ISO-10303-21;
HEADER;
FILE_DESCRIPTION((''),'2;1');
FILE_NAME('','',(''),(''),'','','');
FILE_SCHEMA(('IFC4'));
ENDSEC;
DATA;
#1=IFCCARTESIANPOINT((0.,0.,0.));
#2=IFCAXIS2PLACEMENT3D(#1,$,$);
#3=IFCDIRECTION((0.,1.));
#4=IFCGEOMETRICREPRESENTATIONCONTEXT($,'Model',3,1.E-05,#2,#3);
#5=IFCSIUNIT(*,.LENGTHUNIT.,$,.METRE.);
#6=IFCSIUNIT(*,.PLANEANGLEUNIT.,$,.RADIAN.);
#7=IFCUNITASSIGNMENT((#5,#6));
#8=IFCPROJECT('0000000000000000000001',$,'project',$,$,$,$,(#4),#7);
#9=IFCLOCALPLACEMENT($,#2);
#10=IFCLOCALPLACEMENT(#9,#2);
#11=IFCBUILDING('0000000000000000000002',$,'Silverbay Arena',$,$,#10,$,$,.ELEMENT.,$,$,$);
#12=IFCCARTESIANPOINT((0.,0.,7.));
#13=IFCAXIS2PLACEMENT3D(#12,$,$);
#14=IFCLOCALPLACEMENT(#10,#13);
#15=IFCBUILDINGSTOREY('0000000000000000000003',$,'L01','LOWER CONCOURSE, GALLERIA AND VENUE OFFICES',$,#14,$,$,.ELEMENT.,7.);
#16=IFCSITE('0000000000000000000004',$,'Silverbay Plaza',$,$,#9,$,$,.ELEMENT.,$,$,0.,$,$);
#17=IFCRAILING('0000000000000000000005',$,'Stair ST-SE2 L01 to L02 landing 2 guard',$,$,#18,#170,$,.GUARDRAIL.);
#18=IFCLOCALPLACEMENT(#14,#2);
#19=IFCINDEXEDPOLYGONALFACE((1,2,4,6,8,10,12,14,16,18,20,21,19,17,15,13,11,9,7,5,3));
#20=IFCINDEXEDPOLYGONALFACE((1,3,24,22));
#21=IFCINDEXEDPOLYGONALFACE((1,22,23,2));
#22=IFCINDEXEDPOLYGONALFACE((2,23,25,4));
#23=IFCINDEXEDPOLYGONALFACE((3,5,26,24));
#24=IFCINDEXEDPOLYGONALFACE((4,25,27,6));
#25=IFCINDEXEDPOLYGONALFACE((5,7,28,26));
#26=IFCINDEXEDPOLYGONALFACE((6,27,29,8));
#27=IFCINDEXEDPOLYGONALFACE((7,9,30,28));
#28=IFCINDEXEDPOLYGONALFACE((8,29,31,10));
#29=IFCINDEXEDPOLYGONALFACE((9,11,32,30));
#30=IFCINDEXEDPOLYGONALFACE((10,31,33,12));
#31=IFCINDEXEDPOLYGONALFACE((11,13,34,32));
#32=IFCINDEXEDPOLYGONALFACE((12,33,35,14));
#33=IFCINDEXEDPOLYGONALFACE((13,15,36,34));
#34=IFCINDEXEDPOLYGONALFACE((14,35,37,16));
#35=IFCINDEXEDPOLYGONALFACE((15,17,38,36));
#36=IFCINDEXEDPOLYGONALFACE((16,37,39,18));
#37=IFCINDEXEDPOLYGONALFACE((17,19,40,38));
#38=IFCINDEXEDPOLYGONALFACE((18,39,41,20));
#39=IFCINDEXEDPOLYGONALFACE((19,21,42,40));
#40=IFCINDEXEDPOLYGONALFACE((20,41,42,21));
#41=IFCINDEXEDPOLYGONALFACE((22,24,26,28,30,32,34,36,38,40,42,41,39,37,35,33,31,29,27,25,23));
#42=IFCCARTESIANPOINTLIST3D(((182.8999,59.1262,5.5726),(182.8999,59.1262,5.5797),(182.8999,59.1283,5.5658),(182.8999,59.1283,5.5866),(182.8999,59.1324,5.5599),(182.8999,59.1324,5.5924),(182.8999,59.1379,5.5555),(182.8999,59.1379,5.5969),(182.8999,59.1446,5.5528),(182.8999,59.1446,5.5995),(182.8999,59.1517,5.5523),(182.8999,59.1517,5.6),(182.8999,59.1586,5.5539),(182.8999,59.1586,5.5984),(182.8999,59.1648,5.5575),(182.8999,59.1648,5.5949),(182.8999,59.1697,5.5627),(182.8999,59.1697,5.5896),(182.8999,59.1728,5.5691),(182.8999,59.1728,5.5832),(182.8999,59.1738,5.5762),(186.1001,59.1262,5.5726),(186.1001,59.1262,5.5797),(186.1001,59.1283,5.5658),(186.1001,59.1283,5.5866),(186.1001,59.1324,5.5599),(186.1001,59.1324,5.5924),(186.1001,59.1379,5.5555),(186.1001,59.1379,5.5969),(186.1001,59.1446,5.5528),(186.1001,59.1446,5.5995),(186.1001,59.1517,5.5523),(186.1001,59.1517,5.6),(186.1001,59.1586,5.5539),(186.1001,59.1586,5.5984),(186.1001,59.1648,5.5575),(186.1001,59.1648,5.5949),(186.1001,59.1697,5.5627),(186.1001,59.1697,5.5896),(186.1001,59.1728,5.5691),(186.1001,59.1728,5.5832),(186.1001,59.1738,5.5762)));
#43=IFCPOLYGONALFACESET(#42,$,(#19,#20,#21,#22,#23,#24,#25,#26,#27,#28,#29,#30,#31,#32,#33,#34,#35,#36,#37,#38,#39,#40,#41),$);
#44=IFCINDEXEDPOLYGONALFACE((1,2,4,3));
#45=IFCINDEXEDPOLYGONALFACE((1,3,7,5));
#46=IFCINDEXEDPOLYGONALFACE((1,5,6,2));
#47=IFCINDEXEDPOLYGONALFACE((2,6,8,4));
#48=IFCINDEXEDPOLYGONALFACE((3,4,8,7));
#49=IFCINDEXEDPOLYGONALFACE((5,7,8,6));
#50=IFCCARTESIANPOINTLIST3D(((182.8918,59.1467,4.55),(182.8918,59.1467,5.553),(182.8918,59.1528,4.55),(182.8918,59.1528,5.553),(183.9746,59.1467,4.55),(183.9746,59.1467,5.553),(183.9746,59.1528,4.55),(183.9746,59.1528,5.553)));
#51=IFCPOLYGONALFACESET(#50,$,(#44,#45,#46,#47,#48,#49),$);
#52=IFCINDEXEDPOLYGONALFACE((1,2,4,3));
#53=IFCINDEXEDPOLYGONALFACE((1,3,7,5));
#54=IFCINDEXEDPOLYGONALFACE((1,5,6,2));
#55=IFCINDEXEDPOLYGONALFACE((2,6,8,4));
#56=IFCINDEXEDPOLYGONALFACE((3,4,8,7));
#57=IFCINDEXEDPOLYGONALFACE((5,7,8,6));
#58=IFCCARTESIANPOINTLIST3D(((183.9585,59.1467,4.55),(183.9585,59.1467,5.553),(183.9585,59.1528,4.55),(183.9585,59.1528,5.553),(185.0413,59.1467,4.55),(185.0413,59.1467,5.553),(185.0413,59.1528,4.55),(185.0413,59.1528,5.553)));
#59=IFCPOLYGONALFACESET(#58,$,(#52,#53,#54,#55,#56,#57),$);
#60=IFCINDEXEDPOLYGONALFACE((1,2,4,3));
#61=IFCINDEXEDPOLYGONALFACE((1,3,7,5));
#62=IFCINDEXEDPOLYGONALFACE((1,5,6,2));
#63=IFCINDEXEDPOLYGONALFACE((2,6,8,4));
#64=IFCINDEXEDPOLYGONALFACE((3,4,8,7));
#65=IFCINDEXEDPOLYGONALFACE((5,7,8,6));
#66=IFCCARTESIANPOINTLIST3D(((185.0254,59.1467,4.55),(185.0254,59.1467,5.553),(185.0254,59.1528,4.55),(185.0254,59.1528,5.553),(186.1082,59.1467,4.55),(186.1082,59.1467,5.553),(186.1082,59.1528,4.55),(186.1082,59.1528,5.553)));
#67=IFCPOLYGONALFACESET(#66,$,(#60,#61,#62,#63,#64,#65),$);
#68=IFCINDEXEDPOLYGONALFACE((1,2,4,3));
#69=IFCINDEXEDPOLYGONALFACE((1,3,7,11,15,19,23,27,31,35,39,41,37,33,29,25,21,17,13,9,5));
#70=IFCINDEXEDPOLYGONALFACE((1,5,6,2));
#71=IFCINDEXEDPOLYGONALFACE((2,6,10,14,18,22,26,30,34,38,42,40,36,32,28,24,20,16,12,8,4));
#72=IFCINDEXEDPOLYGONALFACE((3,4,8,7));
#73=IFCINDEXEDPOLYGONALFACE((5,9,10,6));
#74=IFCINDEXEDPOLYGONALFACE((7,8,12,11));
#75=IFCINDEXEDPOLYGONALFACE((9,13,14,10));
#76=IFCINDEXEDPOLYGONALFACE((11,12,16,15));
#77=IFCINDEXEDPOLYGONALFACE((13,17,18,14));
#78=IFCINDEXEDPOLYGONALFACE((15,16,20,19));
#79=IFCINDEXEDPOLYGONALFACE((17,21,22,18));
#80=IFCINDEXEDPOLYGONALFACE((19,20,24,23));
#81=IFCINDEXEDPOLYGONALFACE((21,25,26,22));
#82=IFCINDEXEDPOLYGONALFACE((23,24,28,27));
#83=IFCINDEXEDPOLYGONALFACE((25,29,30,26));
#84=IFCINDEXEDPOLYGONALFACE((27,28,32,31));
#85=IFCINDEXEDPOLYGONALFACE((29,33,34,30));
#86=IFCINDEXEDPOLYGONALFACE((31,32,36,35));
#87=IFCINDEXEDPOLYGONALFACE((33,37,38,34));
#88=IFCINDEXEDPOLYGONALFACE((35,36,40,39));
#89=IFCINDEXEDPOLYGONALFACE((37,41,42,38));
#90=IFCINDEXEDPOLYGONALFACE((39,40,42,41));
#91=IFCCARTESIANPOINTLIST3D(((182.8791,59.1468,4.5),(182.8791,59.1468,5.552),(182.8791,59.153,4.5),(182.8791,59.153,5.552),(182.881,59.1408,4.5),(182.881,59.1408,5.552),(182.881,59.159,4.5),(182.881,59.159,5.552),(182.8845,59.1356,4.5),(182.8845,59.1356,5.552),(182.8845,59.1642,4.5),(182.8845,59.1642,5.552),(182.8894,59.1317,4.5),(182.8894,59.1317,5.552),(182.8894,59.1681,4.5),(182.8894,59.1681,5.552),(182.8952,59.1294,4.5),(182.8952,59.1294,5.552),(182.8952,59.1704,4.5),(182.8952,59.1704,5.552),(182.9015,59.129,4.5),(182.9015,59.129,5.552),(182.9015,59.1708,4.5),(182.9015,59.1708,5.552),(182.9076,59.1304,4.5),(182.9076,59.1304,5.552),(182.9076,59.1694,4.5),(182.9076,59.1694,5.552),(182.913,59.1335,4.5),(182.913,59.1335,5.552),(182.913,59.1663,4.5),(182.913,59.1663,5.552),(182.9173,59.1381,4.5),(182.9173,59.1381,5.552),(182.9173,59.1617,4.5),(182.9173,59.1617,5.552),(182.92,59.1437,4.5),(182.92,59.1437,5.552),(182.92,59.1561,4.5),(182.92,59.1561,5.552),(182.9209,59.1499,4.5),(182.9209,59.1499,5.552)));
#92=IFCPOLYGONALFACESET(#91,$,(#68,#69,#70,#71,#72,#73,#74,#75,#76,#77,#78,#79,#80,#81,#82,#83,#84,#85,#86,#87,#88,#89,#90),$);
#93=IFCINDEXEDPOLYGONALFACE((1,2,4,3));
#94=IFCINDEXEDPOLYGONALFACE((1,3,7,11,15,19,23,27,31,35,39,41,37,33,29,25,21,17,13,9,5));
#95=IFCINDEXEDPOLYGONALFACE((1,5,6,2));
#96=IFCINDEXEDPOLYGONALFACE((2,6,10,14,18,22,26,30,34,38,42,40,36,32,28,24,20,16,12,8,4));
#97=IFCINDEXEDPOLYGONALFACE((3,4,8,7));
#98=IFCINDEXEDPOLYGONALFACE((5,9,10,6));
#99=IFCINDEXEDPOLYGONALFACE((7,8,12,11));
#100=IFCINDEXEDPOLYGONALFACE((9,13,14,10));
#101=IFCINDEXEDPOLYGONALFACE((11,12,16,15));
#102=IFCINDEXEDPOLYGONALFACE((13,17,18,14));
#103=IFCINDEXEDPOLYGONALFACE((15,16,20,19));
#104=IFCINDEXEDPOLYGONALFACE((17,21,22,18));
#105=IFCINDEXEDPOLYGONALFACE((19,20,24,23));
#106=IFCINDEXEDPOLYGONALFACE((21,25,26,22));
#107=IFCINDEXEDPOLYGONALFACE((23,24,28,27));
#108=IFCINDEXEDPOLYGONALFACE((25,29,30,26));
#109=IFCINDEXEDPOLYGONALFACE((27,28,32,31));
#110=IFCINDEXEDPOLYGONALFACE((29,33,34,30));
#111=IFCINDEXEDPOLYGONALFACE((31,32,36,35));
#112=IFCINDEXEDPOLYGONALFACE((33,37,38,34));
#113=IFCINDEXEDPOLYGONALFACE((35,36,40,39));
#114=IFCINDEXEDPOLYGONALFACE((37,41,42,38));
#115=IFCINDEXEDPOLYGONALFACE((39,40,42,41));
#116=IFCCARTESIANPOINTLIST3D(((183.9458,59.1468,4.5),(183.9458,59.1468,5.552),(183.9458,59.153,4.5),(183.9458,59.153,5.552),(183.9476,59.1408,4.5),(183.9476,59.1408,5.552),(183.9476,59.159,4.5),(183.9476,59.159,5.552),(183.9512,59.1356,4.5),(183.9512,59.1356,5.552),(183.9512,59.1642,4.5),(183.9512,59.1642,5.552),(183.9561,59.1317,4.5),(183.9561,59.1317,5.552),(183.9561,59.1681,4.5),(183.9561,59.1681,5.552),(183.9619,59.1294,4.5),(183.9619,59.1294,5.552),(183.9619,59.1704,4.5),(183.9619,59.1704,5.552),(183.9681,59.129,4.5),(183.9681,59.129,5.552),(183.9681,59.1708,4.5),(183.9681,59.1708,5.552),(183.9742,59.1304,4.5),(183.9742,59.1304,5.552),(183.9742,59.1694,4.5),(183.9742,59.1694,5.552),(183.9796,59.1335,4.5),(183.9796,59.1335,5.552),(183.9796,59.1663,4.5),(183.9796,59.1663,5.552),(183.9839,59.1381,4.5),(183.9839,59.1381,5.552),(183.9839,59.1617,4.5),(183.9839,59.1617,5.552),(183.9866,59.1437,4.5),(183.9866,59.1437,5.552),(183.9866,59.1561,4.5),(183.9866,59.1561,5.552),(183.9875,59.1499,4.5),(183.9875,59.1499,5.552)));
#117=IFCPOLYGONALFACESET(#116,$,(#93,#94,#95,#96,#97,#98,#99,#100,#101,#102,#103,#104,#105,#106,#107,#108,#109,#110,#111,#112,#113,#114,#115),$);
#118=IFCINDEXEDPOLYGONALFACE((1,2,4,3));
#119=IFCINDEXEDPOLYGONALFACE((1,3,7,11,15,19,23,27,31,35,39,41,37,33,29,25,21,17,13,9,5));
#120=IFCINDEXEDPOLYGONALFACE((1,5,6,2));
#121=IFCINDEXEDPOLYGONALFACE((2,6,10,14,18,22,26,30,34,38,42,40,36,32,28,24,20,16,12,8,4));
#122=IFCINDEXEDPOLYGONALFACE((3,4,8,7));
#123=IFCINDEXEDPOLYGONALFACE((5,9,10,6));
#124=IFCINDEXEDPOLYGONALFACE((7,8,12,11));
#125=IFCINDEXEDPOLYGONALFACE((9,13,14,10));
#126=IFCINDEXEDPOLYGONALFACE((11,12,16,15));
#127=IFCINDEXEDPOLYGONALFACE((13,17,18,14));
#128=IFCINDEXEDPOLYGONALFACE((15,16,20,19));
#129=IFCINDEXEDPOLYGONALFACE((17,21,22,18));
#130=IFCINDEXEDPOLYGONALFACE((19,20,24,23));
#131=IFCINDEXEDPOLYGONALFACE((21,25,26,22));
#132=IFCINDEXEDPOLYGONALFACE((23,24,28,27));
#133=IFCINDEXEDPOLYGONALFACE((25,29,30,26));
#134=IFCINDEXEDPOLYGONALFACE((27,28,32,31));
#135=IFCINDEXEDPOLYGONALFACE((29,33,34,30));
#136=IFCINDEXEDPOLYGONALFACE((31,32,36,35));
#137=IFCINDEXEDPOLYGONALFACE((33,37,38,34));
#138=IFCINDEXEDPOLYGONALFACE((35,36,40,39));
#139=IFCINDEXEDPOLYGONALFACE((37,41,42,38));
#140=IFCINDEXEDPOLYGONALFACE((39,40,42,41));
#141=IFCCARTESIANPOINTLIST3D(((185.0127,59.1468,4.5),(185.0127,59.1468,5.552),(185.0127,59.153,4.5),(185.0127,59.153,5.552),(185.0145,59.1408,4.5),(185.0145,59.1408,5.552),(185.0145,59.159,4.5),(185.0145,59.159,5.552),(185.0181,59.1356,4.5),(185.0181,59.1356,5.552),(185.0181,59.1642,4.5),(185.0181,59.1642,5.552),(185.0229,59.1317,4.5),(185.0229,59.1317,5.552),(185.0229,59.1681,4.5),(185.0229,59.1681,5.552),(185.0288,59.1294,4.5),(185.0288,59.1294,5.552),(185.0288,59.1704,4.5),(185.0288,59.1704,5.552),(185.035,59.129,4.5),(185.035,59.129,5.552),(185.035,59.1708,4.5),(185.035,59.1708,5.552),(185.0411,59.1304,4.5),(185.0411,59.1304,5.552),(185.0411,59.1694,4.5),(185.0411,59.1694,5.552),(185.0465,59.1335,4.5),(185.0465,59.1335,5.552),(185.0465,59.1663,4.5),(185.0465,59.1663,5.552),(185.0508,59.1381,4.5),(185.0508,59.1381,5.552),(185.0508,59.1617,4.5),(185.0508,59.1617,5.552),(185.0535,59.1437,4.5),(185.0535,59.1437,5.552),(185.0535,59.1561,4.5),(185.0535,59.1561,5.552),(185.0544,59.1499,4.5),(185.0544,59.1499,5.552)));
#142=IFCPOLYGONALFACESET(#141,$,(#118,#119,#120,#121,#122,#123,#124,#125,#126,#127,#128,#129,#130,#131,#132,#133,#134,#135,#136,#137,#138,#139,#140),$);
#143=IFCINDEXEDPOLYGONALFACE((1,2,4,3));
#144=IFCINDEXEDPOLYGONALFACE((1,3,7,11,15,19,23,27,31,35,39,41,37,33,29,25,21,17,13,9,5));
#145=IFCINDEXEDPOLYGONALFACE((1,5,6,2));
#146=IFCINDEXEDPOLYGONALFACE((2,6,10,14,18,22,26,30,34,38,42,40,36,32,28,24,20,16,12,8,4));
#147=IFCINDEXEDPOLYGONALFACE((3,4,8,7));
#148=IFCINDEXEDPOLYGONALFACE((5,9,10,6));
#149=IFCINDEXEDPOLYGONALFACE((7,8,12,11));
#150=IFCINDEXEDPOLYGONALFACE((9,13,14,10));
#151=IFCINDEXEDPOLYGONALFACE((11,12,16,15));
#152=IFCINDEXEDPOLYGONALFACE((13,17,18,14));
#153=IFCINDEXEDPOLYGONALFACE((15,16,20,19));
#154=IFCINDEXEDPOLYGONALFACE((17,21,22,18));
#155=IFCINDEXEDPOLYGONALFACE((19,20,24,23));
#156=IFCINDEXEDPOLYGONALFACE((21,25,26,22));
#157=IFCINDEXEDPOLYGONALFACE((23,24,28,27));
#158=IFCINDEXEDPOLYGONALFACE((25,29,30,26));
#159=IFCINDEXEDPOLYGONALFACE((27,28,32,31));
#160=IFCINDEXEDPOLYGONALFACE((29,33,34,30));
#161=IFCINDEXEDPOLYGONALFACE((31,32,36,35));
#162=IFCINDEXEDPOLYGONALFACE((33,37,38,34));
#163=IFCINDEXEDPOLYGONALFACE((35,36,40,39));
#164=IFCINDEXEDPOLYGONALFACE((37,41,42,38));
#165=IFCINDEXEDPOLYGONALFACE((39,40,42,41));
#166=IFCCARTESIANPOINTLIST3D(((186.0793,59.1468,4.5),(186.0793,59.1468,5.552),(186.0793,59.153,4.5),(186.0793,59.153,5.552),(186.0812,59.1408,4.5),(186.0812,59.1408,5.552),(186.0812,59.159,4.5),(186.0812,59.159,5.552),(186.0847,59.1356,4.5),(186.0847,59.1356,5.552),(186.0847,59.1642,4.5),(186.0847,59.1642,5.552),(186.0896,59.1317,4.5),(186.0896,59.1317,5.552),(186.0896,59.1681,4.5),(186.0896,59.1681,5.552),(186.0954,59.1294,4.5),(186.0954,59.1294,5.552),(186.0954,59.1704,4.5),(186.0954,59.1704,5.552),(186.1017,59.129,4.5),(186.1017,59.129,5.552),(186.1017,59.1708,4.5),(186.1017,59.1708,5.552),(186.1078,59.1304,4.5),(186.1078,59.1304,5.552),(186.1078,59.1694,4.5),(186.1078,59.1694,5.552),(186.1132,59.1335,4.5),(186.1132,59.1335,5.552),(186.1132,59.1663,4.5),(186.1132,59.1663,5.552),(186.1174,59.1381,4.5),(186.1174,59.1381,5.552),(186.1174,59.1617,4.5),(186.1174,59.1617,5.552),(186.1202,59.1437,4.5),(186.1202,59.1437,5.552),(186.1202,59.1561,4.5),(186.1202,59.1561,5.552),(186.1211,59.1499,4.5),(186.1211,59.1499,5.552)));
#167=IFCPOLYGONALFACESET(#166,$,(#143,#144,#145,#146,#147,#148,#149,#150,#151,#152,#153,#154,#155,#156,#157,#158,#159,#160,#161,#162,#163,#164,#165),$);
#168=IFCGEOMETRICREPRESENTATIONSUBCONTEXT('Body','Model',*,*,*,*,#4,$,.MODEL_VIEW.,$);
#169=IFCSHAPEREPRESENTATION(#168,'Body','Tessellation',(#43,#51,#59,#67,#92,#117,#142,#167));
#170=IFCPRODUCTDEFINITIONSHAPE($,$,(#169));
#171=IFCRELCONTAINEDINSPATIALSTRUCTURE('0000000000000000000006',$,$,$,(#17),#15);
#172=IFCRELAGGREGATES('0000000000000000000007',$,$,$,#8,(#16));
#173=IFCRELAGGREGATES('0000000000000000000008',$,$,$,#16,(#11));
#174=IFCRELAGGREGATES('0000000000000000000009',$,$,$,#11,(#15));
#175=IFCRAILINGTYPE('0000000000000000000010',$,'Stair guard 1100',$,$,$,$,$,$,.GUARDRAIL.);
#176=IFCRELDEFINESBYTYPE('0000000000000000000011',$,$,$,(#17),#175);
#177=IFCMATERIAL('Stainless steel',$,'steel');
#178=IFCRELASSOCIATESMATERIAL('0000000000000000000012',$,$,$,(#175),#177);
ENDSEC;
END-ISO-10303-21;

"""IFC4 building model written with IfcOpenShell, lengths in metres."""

from ifc_helpers import new_model, si_unit, direction, frame, origin, origin_2d, place, context, subcontext, project, spatial, polyline, circle, outline, extrude, material, type_object, element, save


model = new_model("IFC4")

# Units and contexts
model_context = context("Model", 3, precision=1e-05, world=origin(), true_north=direction((0.0, 1.0)))
body_context = subcontext(model_context, "Body", "Model", "MODEL_VIEW")
ifc_project = project(units=[si_unit("LENGTHUNIT", "METRE"), si_unit("PLANEANGLEUNIT", "RADIAN")], contexts=[model_context])

# Site, building, storey
site_placement = place(None, origin())
site = spatial("IfcSite", under=ifc_project, at=site_placement, Name="Silverbay Plaza", CompositionType="ELEMENT", RefElevation=0.0)
building_placement = place(site_placement, origin())
building = spatial("IfcBuilding", under=site, at=building_placement, Name="Silverbay Arena", CompositionType="ELEMENT")
storey_placement = place(building_placement, frame((0.0, 0.0, 7.0)))
storey = spatial("IfcBuildingStorey", under=building, at=storey_placement, Name="L01", Description="LOWER CONCOURSE, GALLERIA AND VENUE OFFICES", CompositionType="ELEMENT", Elevation=7.0)

# Railing
ifc_material_1 = material(Name="Stainless steel", Category="steel")
railing_type_1 = type_object("IfcRailingType", Name="Stair guard 1100", PredefinedType="GUARDRAIL", material=ifc_material_1)
for number, where, name in (
    (1, (182.8999, 59.1499, 4.5), "Stair ST-SE2 L01 to L02 landing 2 guard"),
):
    element("IfcRailing", number, at=place(storey_placement, frame(where)), inside=storey, type_object=railing_type_1, Name=name, PredefinedType="GUARDRAIL", context=body_context, shape_type="SweptSolid", body=[
        extrude(circle(Radius=0.0239, at=origin_2d()), frame((0.0, 0.0, 1.0762), z_axis=(1.0, 0.0, 0.0), x_axis=(0.0, 1.0, 0.0)), (0.0, 0.0, 1.0), 3.2002),
        extrude(outline(polyline([(-0.0081, 0.05), (1.0747, 0.05), (1.0747, 1.053), (-0.0081, 1.053), (-0.0081, 0.05)])), frame((0.0, 0.0029, 0.0), z_axis=(0.0, -1.0, 0.0), x_axis=(1.0, 0.0, 0.0)), (0.0, 0.0, 1.0), 0.0061),
        extrude(outline(polyline([(-0.0081, 0.05), (1.0747, 0.05), (1.0747, 1.053), (-0.0081, 1.053), (-0.0081, 0.05)])), frame((1.0667, 0.0029, 0.0), z_axis=(0.0, -1.0, 0.0), x_axis=(1.0, 0.0, 0.0)), (0.0, 0.0, 1.0), 0.0061),
        extrude(outline(polyline([(-0.0081, 0.05), (1.0747, 0.05), (1.0747, 1.053), (-0.0081, 1.053), (-0.0081, 0.05)])), frame((2.1335, 0.0029, 0.0), z_axis=(0.0, -1.0, 0.0), x_axis=(1.0, 0.0, 0.0)), (0.0, 0.0, 1.0), 0.0061),
        extrude(circle(Radius=0.021, at=origin_2d()), origin(), (0.0, 0.0, 1.0), 1.052),
        extrude(circle(Radius=0.021, at=origin_2d()), frame((1.0667, 0.0, 0.0)), (0.0, 0.0, 1.0), 1.052),
        extrude(circle(Radius=0.021, at=origin_2d()), frame((2.1335, 0.0, 0.0)), (0.0, 0.0, 1.0), 1.052),
        extrude(circle(Radius=0.021, at=origin_2d()), frame((3.2002, 0.0, 0.0)), (0.0, 0.0, 1.0), 1.052),
    ])

save(model, "model.ifc")
